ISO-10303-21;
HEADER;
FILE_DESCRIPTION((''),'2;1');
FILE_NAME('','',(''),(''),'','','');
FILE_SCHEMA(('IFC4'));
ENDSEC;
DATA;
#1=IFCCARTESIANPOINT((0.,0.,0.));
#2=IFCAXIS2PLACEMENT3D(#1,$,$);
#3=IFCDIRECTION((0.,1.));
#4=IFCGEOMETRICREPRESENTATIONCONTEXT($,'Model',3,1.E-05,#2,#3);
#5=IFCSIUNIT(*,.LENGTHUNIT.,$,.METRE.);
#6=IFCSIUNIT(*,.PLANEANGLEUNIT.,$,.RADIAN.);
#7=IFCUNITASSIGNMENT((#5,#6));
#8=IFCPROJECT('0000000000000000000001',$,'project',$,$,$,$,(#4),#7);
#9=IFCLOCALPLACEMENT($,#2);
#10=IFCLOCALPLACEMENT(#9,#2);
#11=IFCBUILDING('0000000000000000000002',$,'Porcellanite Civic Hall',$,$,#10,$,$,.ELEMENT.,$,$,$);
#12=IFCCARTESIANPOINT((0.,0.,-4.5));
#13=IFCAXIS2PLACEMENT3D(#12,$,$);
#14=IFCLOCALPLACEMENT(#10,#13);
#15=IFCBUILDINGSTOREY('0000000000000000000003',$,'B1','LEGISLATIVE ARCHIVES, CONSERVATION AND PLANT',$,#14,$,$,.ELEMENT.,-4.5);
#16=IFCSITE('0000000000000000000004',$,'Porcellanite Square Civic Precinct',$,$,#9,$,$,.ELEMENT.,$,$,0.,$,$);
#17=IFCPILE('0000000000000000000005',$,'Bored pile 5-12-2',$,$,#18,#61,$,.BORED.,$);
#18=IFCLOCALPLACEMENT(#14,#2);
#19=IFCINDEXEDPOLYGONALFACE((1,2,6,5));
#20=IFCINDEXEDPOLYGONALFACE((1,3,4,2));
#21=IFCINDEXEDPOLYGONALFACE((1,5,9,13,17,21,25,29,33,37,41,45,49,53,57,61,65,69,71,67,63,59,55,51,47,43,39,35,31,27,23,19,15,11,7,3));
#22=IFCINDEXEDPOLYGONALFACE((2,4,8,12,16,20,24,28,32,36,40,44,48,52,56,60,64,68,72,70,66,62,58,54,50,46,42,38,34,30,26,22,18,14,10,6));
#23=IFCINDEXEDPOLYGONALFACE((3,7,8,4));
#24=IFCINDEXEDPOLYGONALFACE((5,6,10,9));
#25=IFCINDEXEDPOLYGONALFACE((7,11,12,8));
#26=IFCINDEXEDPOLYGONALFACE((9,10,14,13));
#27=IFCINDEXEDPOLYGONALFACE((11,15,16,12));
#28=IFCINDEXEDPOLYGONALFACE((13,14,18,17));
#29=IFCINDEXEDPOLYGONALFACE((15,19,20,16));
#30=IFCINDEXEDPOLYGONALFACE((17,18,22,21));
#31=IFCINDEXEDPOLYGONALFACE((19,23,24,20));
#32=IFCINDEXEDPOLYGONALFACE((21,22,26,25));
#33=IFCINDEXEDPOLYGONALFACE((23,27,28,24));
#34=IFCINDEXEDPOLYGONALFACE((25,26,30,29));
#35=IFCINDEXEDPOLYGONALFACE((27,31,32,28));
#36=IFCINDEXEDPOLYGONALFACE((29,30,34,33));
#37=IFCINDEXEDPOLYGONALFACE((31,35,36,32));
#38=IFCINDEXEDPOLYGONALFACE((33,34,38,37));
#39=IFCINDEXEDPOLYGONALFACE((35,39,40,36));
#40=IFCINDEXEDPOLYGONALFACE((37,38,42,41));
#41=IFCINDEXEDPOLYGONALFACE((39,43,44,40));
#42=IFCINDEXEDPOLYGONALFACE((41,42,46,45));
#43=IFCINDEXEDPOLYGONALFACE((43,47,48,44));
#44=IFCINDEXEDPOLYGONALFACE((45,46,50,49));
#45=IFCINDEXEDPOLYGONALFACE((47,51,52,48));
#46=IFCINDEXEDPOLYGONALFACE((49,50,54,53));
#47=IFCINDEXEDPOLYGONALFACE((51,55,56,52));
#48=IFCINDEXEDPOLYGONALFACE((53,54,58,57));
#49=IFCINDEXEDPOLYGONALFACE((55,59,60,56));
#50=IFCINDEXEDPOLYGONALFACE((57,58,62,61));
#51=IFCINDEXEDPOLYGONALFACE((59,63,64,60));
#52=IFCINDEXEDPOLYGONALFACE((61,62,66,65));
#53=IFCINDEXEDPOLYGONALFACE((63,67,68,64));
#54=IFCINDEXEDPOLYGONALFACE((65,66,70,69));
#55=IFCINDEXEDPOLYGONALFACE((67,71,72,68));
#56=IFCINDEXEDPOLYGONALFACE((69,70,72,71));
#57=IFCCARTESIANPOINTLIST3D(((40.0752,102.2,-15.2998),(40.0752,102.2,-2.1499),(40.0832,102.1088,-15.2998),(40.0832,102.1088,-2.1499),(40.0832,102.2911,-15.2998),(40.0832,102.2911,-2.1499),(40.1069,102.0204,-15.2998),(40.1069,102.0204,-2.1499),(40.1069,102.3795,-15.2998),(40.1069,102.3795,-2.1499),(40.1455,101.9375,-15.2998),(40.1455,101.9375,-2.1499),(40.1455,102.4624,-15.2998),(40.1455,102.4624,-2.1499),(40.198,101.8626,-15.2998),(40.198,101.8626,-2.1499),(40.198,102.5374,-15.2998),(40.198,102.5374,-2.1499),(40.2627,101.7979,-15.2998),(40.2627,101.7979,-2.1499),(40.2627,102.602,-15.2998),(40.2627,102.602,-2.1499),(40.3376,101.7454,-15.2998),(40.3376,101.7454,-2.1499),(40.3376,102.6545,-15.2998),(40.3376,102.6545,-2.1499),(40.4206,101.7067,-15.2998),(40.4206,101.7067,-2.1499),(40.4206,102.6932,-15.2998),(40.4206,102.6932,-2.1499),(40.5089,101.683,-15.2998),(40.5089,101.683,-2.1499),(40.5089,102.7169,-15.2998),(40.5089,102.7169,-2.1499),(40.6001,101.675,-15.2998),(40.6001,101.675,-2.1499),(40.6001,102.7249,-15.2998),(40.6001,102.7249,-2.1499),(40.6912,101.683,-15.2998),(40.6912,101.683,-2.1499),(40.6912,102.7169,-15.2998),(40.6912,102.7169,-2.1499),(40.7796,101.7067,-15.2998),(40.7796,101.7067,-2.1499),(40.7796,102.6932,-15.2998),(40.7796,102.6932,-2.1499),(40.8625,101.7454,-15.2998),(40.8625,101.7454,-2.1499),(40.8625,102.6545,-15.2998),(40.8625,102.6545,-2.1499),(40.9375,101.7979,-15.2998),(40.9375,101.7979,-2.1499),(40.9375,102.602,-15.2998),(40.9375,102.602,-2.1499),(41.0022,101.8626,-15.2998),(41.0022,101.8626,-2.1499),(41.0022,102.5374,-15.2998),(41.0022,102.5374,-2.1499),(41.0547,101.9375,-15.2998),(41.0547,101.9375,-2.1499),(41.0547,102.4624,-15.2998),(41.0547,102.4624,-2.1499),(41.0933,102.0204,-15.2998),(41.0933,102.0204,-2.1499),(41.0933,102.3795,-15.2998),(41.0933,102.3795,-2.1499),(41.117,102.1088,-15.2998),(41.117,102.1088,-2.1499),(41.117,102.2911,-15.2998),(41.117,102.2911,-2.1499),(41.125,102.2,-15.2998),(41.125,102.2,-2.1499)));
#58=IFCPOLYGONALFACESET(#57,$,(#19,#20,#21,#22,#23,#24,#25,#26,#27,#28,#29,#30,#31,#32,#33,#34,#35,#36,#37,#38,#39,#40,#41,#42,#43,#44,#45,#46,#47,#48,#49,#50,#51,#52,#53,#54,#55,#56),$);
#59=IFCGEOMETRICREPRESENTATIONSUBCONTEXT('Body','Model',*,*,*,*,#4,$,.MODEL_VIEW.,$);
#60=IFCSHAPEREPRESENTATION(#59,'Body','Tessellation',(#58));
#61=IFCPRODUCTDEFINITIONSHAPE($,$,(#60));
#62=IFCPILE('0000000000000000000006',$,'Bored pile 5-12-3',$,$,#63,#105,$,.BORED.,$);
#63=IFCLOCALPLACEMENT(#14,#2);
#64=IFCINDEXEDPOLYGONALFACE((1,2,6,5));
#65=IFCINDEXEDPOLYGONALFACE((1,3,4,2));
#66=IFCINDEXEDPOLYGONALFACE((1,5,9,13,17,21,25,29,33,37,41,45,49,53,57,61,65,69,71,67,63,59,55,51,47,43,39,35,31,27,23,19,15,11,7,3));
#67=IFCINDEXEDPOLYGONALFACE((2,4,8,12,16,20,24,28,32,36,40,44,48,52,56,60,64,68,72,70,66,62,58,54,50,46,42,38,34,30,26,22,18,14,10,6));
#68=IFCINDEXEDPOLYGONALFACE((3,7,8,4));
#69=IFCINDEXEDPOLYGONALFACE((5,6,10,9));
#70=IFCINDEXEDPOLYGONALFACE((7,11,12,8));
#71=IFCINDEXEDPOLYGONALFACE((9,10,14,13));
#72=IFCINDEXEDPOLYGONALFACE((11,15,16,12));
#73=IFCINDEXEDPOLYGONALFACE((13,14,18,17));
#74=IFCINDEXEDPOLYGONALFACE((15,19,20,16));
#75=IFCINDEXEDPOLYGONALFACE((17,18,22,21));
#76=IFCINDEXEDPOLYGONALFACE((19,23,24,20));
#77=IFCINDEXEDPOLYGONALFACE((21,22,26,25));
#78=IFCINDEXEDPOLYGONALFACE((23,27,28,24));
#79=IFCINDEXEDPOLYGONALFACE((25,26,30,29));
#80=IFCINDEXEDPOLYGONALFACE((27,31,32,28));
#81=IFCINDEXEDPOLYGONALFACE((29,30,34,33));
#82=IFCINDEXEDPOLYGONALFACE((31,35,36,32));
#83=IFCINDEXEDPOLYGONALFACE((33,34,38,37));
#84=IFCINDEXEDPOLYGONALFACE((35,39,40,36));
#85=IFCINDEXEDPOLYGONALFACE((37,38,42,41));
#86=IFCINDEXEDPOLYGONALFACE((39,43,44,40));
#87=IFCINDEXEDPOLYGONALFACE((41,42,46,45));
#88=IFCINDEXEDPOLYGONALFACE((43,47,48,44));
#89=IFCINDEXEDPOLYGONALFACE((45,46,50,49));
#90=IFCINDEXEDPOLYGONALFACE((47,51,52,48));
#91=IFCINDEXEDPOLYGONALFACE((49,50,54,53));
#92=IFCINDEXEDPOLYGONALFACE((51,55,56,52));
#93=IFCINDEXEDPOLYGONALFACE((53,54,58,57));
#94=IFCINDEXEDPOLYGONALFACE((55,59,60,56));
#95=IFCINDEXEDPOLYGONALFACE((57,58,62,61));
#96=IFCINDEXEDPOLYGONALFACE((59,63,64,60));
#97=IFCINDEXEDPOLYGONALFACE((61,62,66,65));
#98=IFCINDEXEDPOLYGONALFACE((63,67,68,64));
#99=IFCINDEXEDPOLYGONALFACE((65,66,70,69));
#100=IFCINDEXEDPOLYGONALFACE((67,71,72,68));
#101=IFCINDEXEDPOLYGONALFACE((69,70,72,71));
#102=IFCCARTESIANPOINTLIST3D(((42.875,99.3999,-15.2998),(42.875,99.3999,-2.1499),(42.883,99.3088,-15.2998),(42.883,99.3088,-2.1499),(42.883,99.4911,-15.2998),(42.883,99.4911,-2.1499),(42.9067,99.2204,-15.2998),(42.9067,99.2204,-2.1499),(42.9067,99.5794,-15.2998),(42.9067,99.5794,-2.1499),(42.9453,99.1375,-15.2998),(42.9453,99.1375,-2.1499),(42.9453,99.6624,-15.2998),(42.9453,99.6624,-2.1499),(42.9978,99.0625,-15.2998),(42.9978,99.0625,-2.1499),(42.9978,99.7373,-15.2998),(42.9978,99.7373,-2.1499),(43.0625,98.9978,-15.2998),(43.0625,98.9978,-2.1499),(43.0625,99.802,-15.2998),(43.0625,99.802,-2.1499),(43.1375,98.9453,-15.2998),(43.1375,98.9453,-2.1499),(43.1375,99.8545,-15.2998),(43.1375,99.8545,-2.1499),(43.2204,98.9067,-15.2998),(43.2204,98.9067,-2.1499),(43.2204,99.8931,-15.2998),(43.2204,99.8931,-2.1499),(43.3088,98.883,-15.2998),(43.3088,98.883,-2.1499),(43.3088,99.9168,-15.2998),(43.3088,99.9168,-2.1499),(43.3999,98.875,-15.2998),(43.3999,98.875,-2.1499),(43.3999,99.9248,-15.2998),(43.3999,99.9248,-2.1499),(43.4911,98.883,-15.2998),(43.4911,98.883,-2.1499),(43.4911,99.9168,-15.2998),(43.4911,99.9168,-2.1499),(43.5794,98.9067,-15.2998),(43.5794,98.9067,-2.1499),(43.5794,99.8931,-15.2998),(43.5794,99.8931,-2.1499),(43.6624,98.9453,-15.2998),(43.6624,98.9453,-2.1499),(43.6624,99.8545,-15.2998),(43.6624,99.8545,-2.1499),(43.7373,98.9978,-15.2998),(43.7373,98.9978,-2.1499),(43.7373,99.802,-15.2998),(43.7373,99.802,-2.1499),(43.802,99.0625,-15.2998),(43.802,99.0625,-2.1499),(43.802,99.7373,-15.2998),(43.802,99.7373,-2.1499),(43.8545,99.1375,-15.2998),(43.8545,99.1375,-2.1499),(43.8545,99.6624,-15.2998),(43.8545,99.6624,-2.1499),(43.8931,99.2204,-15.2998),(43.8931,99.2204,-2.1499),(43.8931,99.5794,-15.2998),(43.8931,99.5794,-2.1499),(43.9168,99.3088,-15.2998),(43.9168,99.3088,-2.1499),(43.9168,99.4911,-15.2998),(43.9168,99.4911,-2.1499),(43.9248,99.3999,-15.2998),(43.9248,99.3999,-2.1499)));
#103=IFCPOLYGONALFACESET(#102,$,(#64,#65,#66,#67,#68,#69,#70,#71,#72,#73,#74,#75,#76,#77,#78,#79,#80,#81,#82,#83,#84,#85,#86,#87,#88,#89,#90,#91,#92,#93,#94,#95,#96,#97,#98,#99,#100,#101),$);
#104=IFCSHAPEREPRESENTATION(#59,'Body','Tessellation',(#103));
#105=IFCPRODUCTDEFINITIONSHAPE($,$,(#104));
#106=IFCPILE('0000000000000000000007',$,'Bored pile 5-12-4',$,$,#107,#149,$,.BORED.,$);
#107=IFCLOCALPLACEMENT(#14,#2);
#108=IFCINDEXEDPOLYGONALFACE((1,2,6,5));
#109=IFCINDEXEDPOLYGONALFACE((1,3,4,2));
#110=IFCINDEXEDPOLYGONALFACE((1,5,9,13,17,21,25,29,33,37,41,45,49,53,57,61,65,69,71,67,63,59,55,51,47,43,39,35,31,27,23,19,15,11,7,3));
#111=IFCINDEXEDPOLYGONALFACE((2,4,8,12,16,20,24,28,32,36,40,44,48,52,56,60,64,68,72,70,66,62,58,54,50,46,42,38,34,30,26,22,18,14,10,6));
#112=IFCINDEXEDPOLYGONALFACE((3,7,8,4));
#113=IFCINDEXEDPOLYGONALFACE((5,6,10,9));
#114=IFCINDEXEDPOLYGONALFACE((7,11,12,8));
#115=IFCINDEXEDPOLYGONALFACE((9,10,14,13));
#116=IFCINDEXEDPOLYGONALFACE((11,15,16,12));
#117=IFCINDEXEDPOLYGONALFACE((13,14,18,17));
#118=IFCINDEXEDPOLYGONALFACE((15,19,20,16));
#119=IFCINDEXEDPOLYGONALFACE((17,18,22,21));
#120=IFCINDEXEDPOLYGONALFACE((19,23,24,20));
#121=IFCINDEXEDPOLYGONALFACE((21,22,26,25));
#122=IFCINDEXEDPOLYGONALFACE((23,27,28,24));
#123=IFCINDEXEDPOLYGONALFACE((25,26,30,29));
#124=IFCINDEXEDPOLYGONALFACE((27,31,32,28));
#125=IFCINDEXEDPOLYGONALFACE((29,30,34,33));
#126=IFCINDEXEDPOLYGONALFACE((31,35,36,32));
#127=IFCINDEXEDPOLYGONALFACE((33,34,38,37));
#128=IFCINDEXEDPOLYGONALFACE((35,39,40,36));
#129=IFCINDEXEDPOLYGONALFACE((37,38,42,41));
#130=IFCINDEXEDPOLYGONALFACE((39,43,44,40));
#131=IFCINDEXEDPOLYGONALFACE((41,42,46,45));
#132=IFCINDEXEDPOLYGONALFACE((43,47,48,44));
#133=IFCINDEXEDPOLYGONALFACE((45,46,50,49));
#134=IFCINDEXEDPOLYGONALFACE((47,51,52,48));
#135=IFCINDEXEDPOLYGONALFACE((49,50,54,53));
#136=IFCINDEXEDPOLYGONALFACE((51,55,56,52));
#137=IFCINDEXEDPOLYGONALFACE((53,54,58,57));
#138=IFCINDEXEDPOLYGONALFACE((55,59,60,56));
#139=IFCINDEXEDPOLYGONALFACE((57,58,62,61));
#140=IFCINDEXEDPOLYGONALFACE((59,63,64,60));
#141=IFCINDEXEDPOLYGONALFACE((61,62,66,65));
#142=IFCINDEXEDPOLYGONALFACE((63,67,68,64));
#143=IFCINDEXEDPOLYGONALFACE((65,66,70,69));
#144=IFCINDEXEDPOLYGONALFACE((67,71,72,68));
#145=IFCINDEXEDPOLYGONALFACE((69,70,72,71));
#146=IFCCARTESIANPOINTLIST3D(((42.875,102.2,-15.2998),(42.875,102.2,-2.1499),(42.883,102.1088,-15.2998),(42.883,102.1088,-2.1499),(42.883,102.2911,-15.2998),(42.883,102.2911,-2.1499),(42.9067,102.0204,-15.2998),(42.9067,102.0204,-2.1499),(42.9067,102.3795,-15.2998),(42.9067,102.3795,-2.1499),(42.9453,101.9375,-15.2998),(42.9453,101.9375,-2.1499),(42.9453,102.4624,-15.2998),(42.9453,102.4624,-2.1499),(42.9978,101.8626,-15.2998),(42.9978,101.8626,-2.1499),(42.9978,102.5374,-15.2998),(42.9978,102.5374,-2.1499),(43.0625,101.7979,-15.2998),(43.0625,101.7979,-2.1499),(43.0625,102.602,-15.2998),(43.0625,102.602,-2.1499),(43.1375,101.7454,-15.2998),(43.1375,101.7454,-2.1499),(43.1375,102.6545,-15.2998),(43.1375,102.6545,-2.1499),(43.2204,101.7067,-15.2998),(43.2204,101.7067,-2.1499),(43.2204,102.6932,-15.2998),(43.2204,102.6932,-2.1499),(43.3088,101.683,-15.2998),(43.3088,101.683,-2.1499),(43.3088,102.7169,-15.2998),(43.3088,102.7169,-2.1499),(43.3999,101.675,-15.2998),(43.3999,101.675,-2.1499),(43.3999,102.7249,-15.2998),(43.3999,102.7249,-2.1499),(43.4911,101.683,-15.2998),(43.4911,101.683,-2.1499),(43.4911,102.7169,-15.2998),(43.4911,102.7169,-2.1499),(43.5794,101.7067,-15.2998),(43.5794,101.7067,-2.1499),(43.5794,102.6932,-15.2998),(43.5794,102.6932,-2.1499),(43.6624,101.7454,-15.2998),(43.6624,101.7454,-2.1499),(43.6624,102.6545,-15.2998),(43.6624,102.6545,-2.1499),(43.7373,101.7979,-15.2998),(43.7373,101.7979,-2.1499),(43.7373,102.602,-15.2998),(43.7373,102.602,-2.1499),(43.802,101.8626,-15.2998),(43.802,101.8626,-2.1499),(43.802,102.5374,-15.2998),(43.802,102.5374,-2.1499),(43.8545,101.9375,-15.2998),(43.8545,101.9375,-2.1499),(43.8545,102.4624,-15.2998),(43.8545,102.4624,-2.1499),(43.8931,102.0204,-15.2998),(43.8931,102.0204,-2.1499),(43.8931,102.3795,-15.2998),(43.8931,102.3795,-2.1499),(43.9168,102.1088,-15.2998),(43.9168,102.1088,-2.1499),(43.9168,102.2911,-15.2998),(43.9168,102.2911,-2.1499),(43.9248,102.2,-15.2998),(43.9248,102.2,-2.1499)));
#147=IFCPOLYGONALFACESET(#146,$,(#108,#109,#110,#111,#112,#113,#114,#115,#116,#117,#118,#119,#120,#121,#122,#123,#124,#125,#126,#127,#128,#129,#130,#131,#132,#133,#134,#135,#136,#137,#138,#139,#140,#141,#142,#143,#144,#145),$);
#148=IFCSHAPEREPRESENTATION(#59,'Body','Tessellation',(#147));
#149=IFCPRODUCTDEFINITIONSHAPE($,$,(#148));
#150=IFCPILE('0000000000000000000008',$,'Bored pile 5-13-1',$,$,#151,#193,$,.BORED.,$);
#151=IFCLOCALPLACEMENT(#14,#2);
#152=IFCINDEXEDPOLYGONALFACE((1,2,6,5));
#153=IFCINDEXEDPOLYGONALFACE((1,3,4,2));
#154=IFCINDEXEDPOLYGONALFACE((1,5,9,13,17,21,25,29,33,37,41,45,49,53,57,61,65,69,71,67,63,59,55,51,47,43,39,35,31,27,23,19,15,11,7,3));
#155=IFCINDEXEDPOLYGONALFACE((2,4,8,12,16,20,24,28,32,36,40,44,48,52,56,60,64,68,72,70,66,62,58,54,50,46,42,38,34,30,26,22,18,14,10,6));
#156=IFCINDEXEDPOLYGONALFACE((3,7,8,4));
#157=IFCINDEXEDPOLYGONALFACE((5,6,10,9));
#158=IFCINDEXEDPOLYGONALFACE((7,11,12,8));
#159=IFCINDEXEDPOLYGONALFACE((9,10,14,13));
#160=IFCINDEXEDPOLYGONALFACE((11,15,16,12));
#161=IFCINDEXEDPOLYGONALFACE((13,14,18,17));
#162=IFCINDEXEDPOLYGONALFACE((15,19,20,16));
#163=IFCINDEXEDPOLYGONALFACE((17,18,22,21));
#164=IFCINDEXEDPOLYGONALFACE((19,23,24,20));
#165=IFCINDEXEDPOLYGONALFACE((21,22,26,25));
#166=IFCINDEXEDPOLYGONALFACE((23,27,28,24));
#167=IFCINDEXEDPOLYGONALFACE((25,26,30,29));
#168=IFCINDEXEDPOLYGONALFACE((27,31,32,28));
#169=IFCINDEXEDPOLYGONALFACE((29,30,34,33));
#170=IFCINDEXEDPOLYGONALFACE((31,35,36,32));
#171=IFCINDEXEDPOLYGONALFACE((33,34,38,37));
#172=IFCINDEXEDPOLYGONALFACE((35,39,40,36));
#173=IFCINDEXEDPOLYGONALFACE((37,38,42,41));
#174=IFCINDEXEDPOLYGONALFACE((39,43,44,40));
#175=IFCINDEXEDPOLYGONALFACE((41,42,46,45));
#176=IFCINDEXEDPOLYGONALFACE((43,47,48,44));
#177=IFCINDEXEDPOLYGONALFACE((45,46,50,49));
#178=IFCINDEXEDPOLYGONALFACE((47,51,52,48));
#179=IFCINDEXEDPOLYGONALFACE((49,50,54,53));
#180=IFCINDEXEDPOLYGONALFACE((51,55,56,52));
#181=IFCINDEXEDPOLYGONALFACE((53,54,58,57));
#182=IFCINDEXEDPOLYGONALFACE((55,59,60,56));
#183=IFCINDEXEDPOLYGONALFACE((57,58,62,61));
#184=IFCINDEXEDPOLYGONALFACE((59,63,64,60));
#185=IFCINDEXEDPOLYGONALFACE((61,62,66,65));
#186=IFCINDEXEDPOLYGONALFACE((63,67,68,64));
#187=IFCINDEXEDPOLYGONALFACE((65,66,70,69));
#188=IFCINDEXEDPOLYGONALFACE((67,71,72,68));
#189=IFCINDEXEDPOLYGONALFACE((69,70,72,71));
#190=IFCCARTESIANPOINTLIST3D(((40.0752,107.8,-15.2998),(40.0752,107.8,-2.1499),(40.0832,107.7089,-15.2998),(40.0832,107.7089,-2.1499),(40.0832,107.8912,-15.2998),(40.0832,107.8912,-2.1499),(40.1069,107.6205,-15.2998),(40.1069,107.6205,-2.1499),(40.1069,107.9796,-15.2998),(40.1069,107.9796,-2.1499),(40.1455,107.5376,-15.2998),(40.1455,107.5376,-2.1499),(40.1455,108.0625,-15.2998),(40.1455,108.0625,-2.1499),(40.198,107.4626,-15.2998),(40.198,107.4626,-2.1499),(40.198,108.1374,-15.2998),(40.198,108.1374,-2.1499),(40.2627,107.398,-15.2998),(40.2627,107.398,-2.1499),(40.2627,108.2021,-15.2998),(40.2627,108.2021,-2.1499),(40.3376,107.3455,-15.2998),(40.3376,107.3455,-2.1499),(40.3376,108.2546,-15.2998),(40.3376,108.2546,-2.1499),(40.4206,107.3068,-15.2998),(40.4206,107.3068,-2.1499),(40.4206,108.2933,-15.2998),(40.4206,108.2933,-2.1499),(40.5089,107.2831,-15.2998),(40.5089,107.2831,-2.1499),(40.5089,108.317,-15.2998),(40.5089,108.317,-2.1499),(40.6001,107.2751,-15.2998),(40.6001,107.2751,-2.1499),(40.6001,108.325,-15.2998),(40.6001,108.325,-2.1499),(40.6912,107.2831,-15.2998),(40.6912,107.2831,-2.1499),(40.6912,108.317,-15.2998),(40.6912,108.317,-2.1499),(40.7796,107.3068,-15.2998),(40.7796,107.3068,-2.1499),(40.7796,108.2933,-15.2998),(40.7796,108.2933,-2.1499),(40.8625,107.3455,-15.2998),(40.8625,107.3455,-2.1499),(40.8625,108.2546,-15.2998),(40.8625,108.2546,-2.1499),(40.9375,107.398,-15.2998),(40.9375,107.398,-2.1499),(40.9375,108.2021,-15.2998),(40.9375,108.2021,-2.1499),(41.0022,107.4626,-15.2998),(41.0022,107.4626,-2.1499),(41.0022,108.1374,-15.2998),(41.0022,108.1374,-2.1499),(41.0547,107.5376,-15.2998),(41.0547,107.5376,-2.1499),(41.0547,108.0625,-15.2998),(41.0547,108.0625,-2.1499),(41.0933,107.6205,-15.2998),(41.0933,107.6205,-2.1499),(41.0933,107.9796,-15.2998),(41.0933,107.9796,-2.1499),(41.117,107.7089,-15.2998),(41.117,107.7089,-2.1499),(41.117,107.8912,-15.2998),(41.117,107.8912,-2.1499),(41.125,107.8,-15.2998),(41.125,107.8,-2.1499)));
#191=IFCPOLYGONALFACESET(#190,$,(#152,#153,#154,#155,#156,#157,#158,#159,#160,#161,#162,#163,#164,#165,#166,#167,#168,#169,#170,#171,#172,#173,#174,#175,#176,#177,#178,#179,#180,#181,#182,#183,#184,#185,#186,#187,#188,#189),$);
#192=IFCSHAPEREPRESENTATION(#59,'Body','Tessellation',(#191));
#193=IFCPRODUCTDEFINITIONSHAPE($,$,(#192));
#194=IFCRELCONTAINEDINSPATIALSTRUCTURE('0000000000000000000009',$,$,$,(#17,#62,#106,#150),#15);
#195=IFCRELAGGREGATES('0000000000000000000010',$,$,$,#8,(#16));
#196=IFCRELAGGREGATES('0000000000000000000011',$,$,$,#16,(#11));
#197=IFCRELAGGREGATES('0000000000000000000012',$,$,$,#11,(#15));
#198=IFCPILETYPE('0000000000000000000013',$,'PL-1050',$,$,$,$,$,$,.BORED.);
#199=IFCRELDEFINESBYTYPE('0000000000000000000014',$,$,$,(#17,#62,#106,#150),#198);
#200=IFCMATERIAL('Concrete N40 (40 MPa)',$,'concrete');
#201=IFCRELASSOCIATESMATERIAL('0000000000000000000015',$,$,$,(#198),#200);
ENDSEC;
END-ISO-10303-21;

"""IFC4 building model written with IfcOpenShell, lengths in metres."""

from ifc_helpers import new_model, si_unit, direction, frame, origin, origin_2d, place, context, subcontext, project, spatial, circle, extrude, material, material_profile, profile_set, type_object, element, save


model = new_model("IFC4")

# Units and contexts
model_context = context("Model", 3, precision=1e-05, world=origin(), true_north=direction((0.0, 1.0)))
body_context = subcontext(model_context, "Body", "Model", "MODEL_VIEW")
ifc_project = project(units=[si_unit("LENGTHUNIT", "METRE"), si_unit("PLANEANGLEUNIT", "RADIAN")], contexts=[model_context])

# Site, building, storey
site_placement = place(None, origin())
site = spatial("IfcSite", under=ifc_project, at=site_placement, Name="Porcellanite Square Civic Precinct", CompositionType="ELEMENT", RefElevation=0.0)
building_placement = place(site_placement, origin())
building = spatial("IfcBuilding", under=site, at=building_placement, Name="Porcellanite Civic Hall", CompositionType="ELEMENT")
storey_placement = place(building_placement, frame((0.0, 0.0, -4.5)))
storey = spatial("IfcBuildingStorey", under=building, at=storey_placement, Name="B1", Description="LEGISLATIVE ARCHIVES, CONSERVATION AND PLANT", CompositionType="ELEMENT", Elevation=-4.5)

# Piles
ifc_material_1 = material(Name="Concrete N40 (40 MPa)", Category="concrete")
ifc_material_profile_1 = material_profile(ifc_material_1, circle(Radius=0.5249, at=origin_2d()), Name="PILE-D1050")
ifc_profile_set_1 = profile_set([ifc_material_profile_1], Name="Concrete N40 (40 MPa)")
pile_type_1 = type_object("IfcPileType", Name="PL-1050", PredefinedType="BORED", material=ifc_profile_set_1)
for number, where, z_axis, x_axis, name in (
    (1, (40.6001, 102.2, -2.1499), (0.0, 0.0, -1.0), (1.0, 0.0, 0.0), "Bored pile 5-12-2"),
    (2, (43.3999, 99.3999, -2.1499), (0.0, 0.0, -1.0), (1.0, 0.0, 0.0), "Bored pile 5-12-3"),
    (3, (43.3999, 102.2, -2.1499), (0.0, 0.0, -1.0), (1.0, 0.0, 0.0), "Bored pile 5-12-4"),
    (4, (40.6001, 107.8, -2.1499), (0.0, 0.0, -1.0), (1.0, 0.0, 0.0), "Bored pile 5-13-1"),
):
    element("IfcPile", number, at=place(storey_placement, frame(where, z_axis=z_axis, x_axis=x_axis)), inside=storey, type_object=pile_type_1, Name=name, PredefinedType="BORED", context=body_context, shape_type="SweptSolid", body=[
        extrude(circle(Radius=0.5249, at=origin_2d()), origin(), (0.0, 0.0, 1.0), 13.1499),
    ])

save(model, "model.ifc")
